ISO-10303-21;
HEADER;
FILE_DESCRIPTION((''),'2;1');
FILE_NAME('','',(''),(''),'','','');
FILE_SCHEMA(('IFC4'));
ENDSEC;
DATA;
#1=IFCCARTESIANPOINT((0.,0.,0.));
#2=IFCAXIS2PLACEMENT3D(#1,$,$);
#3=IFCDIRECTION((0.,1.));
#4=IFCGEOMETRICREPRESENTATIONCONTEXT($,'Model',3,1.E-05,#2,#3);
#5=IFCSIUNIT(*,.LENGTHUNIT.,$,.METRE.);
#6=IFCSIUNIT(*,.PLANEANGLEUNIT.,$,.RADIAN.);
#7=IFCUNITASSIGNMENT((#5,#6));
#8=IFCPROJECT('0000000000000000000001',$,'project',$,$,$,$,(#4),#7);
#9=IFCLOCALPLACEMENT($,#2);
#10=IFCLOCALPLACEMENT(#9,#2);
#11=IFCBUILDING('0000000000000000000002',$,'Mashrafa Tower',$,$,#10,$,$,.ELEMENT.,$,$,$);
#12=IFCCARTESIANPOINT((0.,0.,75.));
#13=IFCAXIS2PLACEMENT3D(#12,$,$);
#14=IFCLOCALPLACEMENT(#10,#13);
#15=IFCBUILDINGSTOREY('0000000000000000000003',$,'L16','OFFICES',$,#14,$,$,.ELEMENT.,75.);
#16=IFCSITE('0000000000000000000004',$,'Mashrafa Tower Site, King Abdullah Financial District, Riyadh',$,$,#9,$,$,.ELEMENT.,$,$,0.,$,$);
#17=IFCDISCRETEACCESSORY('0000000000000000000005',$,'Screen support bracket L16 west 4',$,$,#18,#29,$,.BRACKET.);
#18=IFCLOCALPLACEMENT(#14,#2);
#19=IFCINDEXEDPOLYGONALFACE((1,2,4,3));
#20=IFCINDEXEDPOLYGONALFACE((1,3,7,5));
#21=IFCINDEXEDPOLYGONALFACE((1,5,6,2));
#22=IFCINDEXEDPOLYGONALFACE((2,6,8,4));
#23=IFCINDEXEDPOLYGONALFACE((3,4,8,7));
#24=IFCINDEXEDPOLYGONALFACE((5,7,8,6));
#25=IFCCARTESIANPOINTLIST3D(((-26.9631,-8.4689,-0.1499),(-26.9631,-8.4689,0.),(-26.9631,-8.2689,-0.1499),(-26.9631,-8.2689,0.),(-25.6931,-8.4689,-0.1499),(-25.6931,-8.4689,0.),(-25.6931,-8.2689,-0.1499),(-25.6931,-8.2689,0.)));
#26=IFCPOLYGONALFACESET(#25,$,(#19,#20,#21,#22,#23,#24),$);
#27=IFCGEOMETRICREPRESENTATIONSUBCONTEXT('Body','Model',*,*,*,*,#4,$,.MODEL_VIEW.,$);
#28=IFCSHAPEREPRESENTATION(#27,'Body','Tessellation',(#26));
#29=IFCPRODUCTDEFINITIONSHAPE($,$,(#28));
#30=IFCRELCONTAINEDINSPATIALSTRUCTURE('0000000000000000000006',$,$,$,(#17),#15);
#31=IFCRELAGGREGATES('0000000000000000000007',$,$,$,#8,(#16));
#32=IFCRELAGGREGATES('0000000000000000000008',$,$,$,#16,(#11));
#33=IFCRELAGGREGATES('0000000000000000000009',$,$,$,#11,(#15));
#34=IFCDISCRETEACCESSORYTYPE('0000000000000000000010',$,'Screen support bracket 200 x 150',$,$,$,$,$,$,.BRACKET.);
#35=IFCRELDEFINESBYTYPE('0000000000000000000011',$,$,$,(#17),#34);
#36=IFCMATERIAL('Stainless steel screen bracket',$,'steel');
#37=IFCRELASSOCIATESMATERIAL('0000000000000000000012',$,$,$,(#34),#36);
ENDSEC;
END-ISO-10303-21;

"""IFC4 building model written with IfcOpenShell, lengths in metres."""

from ifc_helpers import new_model, si_unit, direction, frame, origin, origin_2d, place, context, subcontext, project, spatial, rectangle, extrude, source, transform, mapped, material, type_object, type_shapes, element, save


model = new_model("IFC4")

# Units and contexts
model_context = context("Model", 3, precision=1e-05, world=origin(), true_north=direction((0.0, 1.0)))
body_context = subcontext(model_context, "Body", "Model", "MODEL_VIEW")
ifc_project = project(units=[si_unit("LENGTHUNIT", "METRE"), si_unit("PLANEANGLEUNIT", "RADIAN")], contexts=[model_context])

# Site, building, storey
site_placement = place(None, origin())
site = spatial("IfcSite", under=ifc_project, at=site_placement, Name="Mashrafa Tower Site, King Abdullah Financial District, Riyadh", CompositionType="ELEMENT", RefElevation=0.0)
building_placement = place(site_placement, origin())
building = spatial("IfcBuilding", under=site, at=building_placement, Name="Mashrafa Tower", CompositionType="ELEMENT")
storey_placement = place(building_placement, frame((0.0, 0.0, 75.0)))
storey = spatial("IfcBuildingStorey", under=building, at=storey_placement, Name="L16", Description="OFFICES", CompositionType="ELEMENT", Elevation=75.0)

# Discrete accessory
ifc_material_1 = material(Name="Stainless steel screen bracket", Category="steel")
discrete_accessory_type = type_object("IfcDiscreteAccessoryType", Name="Screen support bracket 200 x 150", PredefinedType="BRACKET", material=ifc_material_1)
shared_shape_1 = source(origin(), body_context, "Body", "SweptSolid", [
    extrude(rectangle(XDim=0.2, YDim=1.27, at=origin_2d()), origin(), (0.0, 0.0, 1.0), 0.1499),
])
type_shapes(discrete_accessory_type, [shared_shape_1])
for number, where, z_axis, x_axis, name in (
    (1, (-26.3281, -8.3689, -0.1499), (0.0, 0.0, 1.0), (0.0, -1.0, 0.0), "Screen support bracket L16 west 4"),
):
    element("IfcDiscreteAccessory", number, at=place(storey_placement, frame(where, z_axis=z_axis, x_axis=x_axis)), inside=storey, type_object=discrete_accessory_type, Name=name, PredefinedType="BRACKET", context=body_context, shape_type="MappedRepresentation", body=[
        mapped(shared_shape_1, transform((0.0, 0.0, 0.0))),
    ])

save(model, "model.ifc")
